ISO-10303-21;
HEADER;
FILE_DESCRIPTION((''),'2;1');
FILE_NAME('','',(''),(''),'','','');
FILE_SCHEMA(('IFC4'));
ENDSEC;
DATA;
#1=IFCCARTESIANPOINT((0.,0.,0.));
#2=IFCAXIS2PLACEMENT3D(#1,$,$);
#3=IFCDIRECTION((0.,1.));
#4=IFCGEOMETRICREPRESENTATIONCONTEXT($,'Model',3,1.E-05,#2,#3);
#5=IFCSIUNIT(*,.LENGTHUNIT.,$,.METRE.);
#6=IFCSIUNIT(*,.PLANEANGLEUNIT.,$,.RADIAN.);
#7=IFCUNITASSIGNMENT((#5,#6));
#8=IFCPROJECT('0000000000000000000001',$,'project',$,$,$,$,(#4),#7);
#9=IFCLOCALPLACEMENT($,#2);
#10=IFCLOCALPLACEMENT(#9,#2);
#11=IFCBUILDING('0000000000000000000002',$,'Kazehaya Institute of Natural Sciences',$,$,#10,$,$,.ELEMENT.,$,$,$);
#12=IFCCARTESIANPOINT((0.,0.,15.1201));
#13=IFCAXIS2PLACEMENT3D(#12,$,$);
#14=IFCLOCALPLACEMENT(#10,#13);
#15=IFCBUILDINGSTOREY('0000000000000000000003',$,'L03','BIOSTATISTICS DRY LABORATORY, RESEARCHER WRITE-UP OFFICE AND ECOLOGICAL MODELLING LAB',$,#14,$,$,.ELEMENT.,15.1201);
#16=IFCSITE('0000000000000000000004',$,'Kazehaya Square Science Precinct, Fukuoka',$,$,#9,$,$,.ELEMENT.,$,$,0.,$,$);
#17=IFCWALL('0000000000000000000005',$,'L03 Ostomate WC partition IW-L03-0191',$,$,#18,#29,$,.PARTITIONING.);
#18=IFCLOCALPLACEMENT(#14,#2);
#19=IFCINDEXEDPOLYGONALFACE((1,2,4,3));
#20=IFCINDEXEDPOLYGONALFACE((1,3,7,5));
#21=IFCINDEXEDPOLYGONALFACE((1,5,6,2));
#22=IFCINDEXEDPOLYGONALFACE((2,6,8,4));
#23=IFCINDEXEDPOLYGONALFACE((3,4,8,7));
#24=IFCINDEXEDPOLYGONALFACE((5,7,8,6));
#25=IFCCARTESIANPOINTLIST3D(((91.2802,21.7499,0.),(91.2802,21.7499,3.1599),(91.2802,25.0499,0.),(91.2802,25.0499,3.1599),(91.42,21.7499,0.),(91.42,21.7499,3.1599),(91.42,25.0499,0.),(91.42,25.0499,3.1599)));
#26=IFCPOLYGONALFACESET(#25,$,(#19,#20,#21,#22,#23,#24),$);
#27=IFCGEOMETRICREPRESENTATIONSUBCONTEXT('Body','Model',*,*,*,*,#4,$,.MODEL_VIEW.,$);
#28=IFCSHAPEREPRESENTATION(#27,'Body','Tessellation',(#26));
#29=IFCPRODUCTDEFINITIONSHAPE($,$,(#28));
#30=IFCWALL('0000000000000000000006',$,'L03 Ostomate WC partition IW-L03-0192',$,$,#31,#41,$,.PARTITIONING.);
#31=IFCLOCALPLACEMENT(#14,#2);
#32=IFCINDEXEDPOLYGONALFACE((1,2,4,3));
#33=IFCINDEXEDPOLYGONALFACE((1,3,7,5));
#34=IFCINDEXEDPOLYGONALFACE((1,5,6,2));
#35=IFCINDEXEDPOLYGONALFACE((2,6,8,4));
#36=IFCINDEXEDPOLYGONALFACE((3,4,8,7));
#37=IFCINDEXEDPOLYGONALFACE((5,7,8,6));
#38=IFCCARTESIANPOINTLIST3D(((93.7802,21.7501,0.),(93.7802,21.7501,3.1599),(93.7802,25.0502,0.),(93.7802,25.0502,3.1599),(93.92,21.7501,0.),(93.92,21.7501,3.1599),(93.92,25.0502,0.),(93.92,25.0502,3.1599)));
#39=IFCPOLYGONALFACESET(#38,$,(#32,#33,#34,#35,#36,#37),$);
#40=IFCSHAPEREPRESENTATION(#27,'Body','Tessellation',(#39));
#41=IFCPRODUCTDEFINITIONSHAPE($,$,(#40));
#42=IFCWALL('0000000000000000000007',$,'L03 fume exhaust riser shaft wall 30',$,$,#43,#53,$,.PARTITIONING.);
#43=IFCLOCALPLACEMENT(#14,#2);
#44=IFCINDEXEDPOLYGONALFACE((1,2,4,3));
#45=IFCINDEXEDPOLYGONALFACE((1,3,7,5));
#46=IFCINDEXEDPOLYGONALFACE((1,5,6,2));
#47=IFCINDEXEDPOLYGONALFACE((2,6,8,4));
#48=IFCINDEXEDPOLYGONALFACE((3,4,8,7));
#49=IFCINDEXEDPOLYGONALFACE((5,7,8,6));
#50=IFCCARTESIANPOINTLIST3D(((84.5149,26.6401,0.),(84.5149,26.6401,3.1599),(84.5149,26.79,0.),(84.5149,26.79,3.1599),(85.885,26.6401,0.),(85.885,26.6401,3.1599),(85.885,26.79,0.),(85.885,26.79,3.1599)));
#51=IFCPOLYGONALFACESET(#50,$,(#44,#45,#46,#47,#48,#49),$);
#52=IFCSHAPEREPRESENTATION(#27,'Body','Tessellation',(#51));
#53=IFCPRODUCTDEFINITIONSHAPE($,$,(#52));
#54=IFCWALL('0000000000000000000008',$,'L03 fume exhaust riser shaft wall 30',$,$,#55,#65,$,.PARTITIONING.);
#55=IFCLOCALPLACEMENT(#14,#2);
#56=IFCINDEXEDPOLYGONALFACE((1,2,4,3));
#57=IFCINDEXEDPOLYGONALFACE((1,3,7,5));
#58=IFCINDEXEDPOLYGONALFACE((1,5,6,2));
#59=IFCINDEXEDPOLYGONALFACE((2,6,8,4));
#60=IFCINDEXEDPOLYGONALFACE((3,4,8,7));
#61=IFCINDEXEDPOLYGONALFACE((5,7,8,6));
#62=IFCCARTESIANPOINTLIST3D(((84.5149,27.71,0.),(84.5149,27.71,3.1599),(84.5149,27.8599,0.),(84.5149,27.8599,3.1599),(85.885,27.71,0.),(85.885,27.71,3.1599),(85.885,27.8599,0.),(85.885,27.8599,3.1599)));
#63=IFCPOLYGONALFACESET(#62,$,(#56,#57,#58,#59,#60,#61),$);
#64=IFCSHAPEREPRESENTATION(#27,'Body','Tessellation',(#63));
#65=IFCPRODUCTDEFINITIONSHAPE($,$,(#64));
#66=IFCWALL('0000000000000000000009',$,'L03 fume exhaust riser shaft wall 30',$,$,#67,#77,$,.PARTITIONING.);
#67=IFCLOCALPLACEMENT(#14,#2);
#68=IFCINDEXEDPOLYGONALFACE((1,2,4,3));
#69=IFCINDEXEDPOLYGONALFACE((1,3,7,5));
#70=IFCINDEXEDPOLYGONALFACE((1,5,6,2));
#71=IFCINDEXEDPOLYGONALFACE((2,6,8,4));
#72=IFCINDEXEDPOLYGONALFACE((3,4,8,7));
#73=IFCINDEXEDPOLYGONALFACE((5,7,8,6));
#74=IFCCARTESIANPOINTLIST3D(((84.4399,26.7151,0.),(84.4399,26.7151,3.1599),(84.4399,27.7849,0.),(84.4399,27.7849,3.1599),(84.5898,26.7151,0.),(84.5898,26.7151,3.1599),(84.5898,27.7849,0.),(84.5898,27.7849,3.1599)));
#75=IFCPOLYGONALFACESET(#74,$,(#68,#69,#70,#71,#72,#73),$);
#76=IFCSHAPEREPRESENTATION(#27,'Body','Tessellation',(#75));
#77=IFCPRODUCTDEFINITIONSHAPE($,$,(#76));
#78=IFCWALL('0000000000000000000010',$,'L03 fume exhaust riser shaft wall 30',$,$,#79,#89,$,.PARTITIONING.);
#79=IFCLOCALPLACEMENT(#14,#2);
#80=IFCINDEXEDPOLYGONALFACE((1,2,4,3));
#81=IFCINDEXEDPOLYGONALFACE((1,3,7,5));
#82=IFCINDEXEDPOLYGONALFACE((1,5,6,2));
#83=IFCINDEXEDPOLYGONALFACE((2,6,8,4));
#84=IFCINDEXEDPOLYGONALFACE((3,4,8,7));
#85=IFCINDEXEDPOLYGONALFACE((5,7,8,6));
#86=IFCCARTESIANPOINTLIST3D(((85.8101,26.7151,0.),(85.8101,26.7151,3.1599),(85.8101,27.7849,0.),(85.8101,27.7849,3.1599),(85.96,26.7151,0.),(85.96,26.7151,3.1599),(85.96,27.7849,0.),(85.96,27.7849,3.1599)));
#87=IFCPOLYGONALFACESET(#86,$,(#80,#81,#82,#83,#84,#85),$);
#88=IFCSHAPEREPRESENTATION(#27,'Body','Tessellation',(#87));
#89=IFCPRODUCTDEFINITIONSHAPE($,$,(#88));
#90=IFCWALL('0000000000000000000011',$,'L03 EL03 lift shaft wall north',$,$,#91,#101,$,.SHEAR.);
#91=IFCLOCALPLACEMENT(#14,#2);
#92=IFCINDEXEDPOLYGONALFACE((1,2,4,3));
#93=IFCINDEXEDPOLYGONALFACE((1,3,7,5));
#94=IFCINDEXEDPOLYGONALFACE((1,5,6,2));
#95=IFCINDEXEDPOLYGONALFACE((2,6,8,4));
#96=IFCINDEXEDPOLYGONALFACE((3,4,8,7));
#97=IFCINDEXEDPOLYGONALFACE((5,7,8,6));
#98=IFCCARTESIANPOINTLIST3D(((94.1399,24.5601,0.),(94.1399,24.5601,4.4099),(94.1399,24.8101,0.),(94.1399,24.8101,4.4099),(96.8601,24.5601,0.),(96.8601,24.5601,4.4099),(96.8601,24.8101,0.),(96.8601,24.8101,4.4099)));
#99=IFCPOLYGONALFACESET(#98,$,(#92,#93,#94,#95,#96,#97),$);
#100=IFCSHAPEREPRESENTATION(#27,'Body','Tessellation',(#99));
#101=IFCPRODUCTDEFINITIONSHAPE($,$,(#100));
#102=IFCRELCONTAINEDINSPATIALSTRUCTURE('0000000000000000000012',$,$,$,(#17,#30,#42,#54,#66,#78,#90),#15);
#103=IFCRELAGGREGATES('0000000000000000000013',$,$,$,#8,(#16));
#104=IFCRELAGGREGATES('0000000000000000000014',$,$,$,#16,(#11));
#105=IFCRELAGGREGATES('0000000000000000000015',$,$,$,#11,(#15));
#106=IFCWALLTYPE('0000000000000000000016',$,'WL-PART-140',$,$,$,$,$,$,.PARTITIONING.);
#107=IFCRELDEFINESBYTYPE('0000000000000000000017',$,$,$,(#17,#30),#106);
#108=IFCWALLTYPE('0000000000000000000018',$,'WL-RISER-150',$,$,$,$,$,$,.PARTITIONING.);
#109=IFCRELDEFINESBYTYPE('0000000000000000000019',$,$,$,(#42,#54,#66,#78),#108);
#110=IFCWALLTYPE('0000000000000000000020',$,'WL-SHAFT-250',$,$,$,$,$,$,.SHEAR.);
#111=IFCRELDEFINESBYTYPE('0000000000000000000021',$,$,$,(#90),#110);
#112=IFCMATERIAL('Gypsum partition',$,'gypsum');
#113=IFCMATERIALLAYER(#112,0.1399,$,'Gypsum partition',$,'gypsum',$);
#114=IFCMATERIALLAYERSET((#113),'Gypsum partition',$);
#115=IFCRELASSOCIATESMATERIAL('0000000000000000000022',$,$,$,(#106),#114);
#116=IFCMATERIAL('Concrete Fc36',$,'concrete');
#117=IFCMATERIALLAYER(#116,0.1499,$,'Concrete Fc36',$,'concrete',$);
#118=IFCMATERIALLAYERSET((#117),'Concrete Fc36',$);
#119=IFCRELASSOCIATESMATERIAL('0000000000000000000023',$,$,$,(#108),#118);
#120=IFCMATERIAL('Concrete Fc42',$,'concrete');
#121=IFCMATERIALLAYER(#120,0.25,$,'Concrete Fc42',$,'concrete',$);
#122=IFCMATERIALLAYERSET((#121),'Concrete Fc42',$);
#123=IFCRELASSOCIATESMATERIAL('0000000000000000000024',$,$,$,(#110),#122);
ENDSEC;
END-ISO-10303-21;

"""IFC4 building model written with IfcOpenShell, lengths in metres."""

from ifc_helpers import new_model, si_unit, direction, frame, frame_2d, origin, place, context, subcontext, project, spatial, rectangle, extrude, material, layer, layer_set, type_object, element, save


model = new_model("IFC4")

# Units and contexts
model_context = context("Model", 3, precision=1e-05, world=origin(), true_north=direction((0.0, 1.0)))
body_context = subcontext(model_context, "Body", "Model", "MODEL_VIEW")
ifc_project = project(units=[si_unit("LENGTHUNIT", "METRE"), si_unit("PLANEANGLEUNIT", "RADIAN")], contexts=[model_context])

# Site, building, storey
site_placement = place(None, origin())
site = spatial("IfcSite", under=ifc_project, at=site_placement, Name="Kazehaya Square Science Precinct, Fukuoka", CompositionType="ELEMENT", RefElevation=0.0)
building_placement = place(site_placement, origin())
building = spatial("IfcBuilding", under=site, at=building_placement, Name="Kazehaya Institute of Natural Sciences", CompositionType="ELEMENT")
storey_placement = place(building_placement, frame((0.0, 0.0, 15.1201)))
storey = spatial("IfcBuildingStorey", under=building, at=storey_placement, Name="L03", Description="BIOSTATISTICS DRY LABORATORY, RESEARCHER WRITE-UP OFFICE AND ECOLOGICAL MODELLING LAB", CompositionType="ELEMENT", Elevation=15.1201)

# Shared definitions
ifc_material_1 = material(Name="Concrete Fc42", Category="concrete")

# Shared definitions
ifc_material_2 = material(Name="Concrete Fc36", Category="concrete")

# Shared definitions
ifc_material_3 = material(Name="Gypsum partition", Category="gypsum")
ifc_layer_1 = layer(ifc_material_3, 0.1399, Name="Gypsum partition", Category="gypsum")
ifc_layer_set_1 = layer_set([ifc_layer_1], Name="Gypsum partition")
wall_type_1 = type_object("IfcWallType", Name="WL-PART-140", PredefinedType="PARTITIONING", material=ifc_layer_set_1)

# Walls
for number, where, z_axis, x_axis, name in (
    (1, (91.3501, 21.75, 0.0), (0.0, 0.0, 1.0), (0.0, 1.0, 0.0), "L03 Ostomate WC partition IW-L03-0191"),
    (2, (93.8501, 25.05, 0.0), (0.0, 0.0, 1.0), (0.0, -1.0, 0.0), "L03 Ostomate WC partition IW-L03-0192"),
):
    element("IfcWall", number, at=place(storey_placement, frame(where, z_axis=z_axis, x_axis=x_axis)), inside=storey, type_object=wall_type_1, Name=name, PredefinedType="PARTITIONING", context=body_context, shape_type="SweptSolid", body=[
        extrude(rectangle(XDim=3.3, YDim=0.1399, at=frame_2d((1.6499, 0.0))), origin(), (0.0, 0.0, 1.0), 3.1599),
    ])
ifc_layer_2 = layer(ifc_material_2, 0.1499, Name="Concrete Fc36", Category="concrete")
ifc_layer_set_2 = layer_set([ifc_layer_2], Name="Concrete Fc36")
wall_type_2 = type_object("IfcWallType", Name="WL-RISER-150", PredefinedType="PARTITIONING", material=ifc_layer_set_2)
for number, where, z_axis, x_axis, name in (
    (3, (85.885, 26.7151, 0.0), (0.0, 0.0, 1.0), (-1.0, 0.0, 0.0), "L03 fume exhaust riser shaft wall 30"),
    (4, (84.5149, 27.7849, 0.0), (0.0, 0.0, 1.0), (1.0, 0.0, 0.0), "L03 fume exhaust riser shaft wall 30"),
):
    element("IfcWall", number, at=place(storey_placement, frame(where, z_axis=z_axis, x_axis=x_axis)), inside=storey, type_object=wall_type_2, Name=name, PredefinedType="PARTITIONING", context=body_context, shape_type="SweptSolid", body=[
        extrude(rectangle(XDim=1.3701, YDim=0.1499, at=frame_2d((0.6851, 0.0))), origin(), (0.0, 0.0, 1.0), 3.1599),
    ])
for number, where, z_axis, x_axis, name in (
    (5, (84.5149, 26.7151, 0.0), (0.0, 0.0, 1.0), (0.0, 1.0, 0.0), "L03 fume exhaust riser shaft wall 30"),
    (6, (85.885, 27.7849, 0.0), (0.0, 0.0, 1.0), (0.0, -1.0, 0.0), "L03 fume exhaust riser shaft wall 30"),
):
    element("IfcWall", number, at=place(storey_placement, frame(where, z_axis=z_axis, x_axis=x_axis)), inside=storey, type_object=wall_type_2, Name=name, PredefinedType="PARTITIONING", context=body_context, shape_type="SweptSolid", body=[
        extrude(rectangle(XDim=1.0698, YDim=0.1499, at=frame_2d((0.5349, 0.0))), origin(), (0.0, 0.0, 1.0), 3.1599),
    ])
ifc_layer_3 = layer(ifc_material_1, 0.25, Name="Concrete Fc42", Category="concrete")
ifc_layer_set_3 = layer_set([ifc_layer_3], Name="Concrete Fc42")
wall_type_3 = type_object("IfcWallType", Name="WL-SHAFT-250", PredefinedType="SHEAR", material=ifc_layer_set_3)
wall_1_placement = place(storey_placement, frame((94.1399, 24.6851, 0.0), z_axis=(0.0, 0.0, 1.0), x_axis=(1.0, 0.0, 0.0)))
element("IfcWall", 7, at=wall_1_placement, inside=storey, type_object=wall_type_3, Name="L03 EL03 lift shaft wall north", PredefinedType="SHEAR", context=body_context, shape_type="SweptSolid", body=[
    extrude(rectangle(XDim=2.7202, YDim=0.25, at=frame_2d((1.3601, 0.0))), origin(), (0.0, 0.0, 1.0), 4.4099),
])

save(model, "model.ifc")
